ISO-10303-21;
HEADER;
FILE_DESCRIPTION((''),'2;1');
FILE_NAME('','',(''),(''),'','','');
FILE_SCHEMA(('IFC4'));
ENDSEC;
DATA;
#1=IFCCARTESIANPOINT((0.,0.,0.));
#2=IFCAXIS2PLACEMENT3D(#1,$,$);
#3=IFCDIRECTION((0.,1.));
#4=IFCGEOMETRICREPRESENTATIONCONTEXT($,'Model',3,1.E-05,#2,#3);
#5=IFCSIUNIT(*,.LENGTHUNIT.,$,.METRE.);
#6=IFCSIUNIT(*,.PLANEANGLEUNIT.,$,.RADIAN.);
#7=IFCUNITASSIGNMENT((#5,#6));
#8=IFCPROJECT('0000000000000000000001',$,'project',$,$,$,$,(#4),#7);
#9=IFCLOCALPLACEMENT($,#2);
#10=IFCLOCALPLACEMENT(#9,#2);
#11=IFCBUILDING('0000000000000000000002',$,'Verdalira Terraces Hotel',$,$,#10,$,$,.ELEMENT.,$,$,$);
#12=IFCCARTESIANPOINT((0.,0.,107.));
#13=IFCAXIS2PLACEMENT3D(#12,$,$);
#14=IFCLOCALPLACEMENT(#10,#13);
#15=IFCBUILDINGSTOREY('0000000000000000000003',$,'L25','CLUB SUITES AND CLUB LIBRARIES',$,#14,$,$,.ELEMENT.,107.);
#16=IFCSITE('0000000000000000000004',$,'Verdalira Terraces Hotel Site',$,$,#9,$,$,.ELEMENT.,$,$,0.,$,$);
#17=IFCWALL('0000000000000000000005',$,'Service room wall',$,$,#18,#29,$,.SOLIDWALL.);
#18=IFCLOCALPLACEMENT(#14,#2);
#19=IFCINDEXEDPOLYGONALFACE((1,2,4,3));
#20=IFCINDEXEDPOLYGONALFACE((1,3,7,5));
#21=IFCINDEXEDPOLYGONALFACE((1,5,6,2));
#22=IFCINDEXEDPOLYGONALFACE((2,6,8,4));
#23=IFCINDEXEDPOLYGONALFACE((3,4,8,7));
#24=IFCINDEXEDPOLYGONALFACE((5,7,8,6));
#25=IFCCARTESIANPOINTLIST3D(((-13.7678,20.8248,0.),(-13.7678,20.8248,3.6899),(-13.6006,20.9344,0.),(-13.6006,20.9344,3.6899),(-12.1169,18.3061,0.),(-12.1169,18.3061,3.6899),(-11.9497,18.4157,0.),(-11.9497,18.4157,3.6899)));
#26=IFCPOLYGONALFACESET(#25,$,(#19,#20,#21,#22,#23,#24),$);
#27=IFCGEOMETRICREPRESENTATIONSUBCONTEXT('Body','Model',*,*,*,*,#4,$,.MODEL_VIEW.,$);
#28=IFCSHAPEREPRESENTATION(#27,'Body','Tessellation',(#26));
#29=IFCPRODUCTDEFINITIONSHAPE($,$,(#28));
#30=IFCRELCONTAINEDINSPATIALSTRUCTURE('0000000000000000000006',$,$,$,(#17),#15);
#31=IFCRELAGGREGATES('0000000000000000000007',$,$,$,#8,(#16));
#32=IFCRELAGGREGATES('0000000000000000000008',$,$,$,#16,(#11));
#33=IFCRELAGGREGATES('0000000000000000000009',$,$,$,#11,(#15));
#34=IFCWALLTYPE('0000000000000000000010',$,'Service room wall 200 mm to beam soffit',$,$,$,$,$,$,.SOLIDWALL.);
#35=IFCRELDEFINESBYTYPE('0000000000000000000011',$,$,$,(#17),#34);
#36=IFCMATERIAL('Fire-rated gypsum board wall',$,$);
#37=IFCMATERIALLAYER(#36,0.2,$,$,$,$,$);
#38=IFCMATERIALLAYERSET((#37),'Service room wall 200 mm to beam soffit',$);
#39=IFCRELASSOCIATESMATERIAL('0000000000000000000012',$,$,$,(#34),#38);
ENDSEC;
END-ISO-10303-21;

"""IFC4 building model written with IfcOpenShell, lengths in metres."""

from ifc_helpers import new_model, si_unit, direction, frame, frame_2d, origin, place, context, subcontext, project, spatial, rectangle, extrude, material, layer, layer_set, type_object, element, save


model = new_model("IFC4")

# Units and contexts
model_context = context("Model", 3, precision=1e-05, world=origin(), true_north=direction((0.0, 1.0)))
body_context = subcontext(model_context, "Body", "Model", "MODEL_VIEW")
ifc_project = project(units=[si_unit("LENGTHUNIT", "METRE"), si_unit("PLANEANGLEUNIT", "RADIAN")], contexts=[model_context])

# Site, building, storey
site_placement = place(None, origin())
site = spatial("IfcSite", under=ifc_project, at=site_placement, Name="Verdalira Terraces Hotel Site", CompositionType="ELEMENT", RefElevation=0.0)
building_placement = place(site_placement, origin())
building = spatial("IfcBuilding", under=site, at=building_placement, Name="Verdalira Terraces Hotel", CompositionType="ELEMENT")
storey_placement = place(building_placement, frame((0.0, 0.0, 107.0)))
storey = spatial("IfcBuildingStorey", under=building, at=storey_placement, Name="L25", Description="CLUB SUITES AND CLUB LIBRARIES", CompositionType="ELEMENT", Elevation=107.0)

# Wall
ifc_material_1 = material(Name="Fire-rated gypsum board wall")
ifc_layer_1 = layer(ifc_material_1, 0.2)
ifc_layer_set_1 = layer_set([ifc_layer_1], Name="Service room wall 200 mm to beam soffit")
wall_type_1 = type_object("IfcWallType", Name="Service room wall 200 mm to beam soffit", PredefinedType="SOLIDWALL", material=ifc_layer_set_1)
wall_1_placement = place(storey_placement, frame((-12.0332, 18.3608, 0.0), z_axis=(0.0, 0.0, 1.0), x_axis=(-0.54821, 0.836341, 0.0)))
element("IfcWall", 1, at=wall_1_placement, inside=storey, type_object=wall_type_1, Name="Service room wall", PredefinedType="SOLIDWALL", context=body_context, shape_type="SweptSolid", body=[
    extrude(rectangle(XDim=3.0115, YDim=0.2, at=frame_2d((1.5059, 0.0))), origin(), (0.0, 0.0, 1.0), 3.6899),
])

save(model, "model.ifc")
